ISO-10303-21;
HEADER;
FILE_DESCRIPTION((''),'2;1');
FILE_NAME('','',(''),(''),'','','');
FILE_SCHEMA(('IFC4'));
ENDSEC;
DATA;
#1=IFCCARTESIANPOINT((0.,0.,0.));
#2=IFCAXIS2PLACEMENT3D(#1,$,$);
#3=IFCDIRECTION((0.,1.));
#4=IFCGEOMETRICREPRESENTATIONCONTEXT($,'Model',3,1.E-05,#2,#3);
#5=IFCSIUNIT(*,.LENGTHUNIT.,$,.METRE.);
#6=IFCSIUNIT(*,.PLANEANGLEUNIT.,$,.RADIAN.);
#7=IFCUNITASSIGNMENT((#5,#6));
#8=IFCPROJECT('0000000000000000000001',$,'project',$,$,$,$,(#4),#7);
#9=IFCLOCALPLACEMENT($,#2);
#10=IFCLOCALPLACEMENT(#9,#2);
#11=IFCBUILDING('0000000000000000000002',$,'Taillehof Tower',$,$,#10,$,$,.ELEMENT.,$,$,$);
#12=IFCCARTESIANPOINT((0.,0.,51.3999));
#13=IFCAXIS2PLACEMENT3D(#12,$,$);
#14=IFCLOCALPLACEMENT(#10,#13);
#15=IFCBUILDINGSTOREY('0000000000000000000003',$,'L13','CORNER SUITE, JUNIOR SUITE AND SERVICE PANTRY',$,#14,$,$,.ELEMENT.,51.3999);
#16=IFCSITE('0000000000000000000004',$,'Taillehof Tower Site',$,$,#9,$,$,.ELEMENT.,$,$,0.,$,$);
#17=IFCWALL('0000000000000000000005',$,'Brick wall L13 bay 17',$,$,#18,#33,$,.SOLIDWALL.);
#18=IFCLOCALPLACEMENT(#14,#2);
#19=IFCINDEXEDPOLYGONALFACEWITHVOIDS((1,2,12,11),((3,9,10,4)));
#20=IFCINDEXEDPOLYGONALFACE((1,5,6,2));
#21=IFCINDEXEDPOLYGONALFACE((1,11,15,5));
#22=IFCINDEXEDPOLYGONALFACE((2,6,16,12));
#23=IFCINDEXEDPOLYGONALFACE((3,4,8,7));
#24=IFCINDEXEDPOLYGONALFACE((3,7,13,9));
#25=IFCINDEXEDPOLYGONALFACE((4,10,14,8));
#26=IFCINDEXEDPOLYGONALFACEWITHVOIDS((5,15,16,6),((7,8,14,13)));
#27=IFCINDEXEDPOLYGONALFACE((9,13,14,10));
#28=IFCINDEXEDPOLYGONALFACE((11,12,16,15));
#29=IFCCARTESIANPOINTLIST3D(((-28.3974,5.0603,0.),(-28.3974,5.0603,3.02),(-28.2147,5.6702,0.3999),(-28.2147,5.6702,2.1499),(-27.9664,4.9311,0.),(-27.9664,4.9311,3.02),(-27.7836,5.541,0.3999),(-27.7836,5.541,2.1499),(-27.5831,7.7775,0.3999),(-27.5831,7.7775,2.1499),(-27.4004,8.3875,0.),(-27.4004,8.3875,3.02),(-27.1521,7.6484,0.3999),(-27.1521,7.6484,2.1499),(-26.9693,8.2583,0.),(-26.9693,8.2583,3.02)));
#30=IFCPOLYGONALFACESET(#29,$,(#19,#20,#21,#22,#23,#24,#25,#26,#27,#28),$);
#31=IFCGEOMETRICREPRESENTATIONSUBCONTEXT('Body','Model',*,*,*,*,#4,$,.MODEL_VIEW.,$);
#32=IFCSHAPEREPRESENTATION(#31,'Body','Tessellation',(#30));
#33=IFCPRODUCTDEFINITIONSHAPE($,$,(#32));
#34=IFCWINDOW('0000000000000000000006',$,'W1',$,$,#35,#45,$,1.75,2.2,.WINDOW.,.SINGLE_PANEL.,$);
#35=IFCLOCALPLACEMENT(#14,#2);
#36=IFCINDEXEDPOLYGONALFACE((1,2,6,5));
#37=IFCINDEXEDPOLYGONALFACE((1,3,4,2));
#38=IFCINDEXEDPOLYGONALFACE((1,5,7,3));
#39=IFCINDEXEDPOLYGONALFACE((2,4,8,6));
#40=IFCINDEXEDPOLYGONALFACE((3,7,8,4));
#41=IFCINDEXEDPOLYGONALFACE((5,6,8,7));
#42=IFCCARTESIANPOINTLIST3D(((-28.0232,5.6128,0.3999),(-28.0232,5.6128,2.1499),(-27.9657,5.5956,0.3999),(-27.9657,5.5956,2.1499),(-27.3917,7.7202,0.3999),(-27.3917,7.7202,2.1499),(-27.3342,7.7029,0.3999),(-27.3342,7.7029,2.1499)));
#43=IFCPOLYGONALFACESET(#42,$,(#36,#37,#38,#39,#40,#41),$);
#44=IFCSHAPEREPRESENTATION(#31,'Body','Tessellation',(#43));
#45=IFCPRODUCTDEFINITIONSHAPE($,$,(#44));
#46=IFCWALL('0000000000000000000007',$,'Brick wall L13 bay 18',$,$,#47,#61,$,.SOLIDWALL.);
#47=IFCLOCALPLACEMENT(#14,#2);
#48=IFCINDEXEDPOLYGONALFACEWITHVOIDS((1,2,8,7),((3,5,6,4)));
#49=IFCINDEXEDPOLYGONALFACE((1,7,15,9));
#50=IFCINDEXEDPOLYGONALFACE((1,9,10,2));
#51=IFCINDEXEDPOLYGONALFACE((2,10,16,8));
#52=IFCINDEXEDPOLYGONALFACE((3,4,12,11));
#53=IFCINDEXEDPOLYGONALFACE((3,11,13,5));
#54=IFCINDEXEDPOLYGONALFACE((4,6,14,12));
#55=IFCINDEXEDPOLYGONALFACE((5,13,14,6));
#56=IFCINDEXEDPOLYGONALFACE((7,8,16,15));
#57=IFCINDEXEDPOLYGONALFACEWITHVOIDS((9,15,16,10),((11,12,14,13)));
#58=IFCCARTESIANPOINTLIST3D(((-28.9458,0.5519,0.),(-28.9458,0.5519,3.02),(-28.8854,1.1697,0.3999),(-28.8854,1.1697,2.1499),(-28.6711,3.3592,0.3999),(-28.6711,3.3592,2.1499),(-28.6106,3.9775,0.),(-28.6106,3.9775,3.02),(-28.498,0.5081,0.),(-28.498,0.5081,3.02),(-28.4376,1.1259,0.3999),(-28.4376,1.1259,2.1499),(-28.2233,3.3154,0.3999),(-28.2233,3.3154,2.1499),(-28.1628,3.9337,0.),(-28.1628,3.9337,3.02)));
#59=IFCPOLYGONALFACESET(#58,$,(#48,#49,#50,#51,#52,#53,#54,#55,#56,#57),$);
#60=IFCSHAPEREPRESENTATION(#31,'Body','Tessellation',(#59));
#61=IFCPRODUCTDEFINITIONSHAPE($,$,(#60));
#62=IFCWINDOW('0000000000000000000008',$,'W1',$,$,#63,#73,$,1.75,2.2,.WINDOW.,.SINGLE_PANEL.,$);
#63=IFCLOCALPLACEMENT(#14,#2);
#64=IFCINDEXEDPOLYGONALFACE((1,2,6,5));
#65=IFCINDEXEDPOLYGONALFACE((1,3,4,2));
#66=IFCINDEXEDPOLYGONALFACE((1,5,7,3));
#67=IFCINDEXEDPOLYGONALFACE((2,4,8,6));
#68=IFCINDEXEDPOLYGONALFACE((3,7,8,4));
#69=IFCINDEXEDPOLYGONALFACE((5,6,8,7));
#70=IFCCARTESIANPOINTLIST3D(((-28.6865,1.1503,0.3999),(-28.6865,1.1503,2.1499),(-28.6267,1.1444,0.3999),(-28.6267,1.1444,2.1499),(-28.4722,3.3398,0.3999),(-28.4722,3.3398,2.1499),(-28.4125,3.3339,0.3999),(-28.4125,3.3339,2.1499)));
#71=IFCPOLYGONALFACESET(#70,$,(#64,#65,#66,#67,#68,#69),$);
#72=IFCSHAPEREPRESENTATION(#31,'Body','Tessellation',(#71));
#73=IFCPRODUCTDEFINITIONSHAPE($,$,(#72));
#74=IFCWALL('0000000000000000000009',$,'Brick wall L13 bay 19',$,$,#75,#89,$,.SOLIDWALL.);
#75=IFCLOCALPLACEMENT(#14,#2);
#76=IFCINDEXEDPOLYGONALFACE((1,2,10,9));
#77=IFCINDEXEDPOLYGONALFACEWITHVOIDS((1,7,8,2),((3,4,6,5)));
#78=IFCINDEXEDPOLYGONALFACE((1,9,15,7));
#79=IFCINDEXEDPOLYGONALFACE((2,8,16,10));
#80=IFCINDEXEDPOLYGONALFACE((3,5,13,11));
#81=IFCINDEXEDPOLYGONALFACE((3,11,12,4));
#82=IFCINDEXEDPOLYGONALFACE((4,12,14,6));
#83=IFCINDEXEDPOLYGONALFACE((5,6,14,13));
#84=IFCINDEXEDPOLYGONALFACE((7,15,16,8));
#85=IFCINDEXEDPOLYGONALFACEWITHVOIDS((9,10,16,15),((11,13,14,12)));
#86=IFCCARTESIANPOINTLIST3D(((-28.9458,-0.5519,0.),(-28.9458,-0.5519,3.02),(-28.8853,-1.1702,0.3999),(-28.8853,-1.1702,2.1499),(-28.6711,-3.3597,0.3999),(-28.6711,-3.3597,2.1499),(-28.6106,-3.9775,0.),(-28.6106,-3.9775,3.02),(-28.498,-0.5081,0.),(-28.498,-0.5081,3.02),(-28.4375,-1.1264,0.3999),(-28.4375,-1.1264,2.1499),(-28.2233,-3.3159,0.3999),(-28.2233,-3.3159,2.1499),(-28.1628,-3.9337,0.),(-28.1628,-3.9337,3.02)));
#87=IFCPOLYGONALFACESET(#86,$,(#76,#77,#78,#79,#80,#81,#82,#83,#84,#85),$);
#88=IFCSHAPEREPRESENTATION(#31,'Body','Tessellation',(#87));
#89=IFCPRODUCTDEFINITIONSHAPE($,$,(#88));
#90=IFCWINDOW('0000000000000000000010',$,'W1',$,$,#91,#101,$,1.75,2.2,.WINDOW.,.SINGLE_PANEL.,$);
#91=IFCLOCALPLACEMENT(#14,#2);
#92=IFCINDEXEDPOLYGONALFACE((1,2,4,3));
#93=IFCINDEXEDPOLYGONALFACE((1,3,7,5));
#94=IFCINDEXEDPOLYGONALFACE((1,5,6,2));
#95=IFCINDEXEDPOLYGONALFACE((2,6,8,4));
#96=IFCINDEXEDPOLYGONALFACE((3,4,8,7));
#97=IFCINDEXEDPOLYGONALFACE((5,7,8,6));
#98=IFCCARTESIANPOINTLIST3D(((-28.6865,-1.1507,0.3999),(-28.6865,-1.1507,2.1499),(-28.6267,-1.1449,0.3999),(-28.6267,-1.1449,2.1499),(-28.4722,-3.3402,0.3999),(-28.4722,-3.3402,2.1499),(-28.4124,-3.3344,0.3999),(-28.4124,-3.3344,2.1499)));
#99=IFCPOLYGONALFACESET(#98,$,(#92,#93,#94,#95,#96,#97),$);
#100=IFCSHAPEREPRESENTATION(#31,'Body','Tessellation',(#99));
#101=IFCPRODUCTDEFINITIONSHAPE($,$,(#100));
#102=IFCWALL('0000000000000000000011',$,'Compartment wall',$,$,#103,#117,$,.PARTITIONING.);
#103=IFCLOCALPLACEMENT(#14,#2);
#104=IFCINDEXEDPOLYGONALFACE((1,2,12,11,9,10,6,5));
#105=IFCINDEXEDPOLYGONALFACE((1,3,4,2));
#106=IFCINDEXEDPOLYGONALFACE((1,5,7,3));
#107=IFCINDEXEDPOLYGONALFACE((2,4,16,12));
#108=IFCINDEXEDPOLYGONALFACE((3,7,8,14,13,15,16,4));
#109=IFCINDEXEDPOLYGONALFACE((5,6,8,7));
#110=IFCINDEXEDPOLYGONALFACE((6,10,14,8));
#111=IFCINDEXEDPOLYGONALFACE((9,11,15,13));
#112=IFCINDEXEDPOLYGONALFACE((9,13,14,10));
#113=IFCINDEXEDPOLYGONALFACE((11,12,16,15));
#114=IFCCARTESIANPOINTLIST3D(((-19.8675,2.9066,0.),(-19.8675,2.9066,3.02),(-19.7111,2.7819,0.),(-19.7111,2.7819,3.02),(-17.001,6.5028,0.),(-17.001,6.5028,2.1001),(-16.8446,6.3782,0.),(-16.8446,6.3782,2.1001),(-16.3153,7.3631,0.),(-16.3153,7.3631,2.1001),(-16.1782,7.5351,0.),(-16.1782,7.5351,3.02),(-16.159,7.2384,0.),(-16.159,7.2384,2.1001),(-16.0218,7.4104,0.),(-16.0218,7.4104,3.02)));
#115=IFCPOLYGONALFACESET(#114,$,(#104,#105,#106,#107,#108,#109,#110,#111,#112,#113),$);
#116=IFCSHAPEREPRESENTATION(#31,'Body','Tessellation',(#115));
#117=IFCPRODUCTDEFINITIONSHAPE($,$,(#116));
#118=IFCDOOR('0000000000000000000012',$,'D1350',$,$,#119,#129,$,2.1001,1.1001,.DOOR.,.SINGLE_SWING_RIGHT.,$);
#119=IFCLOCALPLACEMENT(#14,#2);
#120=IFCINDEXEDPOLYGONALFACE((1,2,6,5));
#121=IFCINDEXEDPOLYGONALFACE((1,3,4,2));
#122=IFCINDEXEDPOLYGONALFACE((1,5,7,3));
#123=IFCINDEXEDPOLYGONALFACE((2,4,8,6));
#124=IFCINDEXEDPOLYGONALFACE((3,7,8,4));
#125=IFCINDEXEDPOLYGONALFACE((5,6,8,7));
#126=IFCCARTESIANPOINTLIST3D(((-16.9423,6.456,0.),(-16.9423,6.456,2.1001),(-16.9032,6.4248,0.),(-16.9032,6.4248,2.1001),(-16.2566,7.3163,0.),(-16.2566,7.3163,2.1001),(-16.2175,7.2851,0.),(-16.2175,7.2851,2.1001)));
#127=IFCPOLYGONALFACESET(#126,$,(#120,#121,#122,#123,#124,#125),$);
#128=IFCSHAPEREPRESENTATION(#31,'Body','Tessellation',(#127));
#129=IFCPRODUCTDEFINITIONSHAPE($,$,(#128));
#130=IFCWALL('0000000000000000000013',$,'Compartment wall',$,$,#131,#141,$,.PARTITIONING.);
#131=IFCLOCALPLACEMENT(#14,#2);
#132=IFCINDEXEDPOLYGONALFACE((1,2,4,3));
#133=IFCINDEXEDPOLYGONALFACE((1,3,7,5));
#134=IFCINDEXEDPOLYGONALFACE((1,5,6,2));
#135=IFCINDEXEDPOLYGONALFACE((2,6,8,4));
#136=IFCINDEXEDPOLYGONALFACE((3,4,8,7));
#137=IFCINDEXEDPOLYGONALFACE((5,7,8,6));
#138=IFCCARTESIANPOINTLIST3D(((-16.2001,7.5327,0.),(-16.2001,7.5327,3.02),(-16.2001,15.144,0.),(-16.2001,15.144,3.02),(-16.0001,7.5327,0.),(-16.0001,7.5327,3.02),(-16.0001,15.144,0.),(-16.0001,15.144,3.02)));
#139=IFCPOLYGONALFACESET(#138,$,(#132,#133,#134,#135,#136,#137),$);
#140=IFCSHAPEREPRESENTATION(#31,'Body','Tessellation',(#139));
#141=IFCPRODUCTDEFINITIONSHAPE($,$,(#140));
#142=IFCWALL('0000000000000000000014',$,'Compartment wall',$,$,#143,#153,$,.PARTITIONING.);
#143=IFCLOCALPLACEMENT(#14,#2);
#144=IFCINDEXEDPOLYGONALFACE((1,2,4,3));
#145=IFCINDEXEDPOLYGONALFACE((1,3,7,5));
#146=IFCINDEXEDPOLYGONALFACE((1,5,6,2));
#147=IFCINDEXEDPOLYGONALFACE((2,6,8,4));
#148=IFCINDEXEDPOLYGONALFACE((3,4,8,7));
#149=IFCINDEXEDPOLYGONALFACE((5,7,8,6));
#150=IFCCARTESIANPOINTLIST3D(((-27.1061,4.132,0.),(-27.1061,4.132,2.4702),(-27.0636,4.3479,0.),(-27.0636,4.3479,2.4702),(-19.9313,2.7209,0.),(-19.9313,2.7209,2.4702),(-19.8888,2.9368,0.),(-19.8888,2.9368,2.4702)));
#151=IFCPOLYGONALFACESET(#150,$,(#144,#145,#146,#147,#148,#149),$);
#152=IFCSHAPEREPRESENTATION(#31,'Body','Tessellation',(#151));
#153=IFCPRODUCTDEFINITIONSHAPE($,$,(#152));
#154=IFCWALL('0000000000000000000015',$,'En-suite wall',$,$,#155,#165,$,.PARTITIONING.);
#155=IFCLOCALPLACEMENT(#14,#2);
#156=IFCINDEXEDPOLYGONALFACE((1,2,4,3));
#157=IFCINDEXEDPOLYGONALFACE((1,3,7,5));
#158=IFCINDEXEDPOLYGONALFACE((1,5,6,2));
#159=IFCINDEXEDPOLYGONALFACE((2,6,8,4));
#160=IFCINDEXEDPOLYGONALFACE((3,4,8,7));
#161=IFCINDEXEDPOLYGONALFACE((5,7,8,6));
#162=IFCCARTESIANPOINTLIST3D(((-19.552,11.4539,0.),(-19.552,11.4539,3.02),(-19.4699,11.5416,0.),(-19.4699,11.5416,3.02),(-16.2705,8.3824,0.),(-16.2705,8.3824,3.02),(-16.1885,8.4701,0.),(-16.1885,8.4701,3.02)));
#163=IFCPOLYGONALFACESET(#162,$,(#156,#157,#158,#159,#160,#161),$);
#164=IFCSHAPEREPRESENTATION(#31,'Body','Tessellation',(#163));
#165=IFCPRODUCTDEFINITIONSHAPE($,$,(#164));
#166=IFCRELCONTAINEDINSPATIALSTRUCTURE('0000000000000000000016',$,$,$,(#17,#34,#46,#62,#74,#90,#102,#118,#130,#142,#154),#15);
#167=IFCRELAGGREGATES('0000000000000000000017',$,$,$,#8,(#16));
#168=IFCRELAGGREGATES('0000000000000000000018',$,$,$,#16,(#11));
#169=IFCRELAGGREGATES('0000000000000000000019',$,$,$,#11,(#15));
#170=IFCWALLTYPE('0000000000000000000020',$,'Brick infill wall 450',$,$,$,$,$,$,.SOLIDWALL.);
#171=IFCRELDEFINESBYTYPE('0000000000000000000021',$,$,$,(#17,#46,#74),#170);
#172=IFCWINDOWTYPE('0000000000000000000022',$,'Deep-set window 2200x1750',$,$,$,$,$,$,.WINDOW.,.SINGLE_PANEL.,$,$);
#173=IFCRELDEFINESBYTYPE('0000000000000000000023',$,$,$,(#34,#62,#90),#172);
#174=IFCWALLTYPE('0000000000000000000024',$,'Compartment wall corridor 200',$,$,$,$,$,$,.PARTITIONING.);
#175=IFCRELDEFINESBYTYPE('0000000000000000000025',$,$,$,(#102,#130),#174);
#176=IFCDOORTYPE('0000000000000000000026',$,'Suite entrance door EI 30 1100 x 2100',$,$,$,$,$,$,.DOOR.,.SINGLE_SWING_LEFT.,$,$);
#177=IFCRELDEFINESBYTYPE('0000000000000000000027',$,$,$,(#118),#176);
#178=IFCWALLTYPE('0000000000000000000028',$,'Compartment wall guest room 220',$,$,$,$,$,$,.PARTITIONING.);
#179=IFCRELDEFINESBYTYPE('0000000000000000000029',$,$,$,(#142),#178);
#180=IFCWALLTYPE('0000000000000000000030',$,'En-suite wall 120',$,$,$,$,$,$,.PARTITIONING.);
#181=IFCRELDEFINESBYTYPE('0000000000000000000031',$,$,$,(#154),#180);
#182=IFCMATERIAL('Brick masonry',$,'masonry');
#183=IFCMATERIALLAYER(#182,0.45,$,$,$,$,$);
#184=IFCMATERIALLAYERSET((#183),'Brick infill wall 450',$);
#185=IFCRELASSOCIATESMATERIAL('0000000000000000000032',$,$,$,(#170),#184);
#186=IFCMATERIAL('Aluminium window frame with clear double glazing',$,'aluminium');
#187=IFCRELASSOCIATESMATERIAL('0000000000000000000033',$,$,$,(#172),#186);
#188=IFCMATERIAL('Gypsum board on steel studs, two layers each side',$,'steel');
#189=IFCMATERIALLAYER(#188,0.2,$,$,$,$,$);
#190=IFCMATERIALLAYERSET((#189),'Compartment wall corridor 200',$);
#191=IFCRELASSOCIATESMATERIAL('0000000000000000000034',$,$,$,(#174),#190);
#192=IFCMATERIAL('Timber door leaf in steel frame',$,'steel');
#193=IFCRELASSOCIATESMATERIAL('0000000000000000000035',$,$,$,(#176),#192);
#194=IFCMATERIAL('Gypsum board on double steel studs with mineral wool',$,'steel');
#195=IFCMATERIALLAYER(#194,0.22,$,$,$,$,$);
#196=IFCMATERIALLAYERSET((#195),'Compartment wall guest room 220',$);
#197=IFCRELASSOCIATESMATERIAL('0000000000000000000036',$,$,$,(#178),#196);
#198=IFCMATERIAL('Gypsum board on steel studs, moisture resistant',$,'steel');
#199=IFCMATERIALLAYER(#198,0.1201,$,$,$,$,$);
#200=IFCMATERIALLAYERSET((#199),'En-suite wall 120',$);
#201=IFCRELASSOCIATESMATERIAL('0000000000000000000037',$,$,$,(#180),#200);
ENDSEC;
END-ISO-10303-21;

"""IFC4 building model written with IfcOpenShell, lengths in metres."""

from ifc_helpers import new_model, si_unit, direction, frame, frame_2d, origin, place, context, subcontext, project, spatial, rectangle, extrude, material, layer, layer_set, type_object, element, fill, save


model = new_model("IFC4")

# Units and contexts
model_context = context("Model", 3, precision=1e-05, world=origin(), true_north=direction((0.0, 1.0)))
body_context = subcontext(model_context, "Body", "Model", "MODEL_VIEW")
ifc_project = project(units=[si_unit("LENGTHUNIT", "METRE"), si_unit("PLANEANGLEUNIT", "RADIAN")], contexts=[model_context])

# Site, building, storey
site_placement = place(None, origin())
site = spatial("IfcSite", under=ifc_project, at=site_placement, Name="Taillehof Tower Site", CompositionType="ELEMENT", RefElevation=0.0)
building_placement = place(site_placement, origin())
building = spatial("IfcBuilding", under=site, at=building_placement, Name="Taillehof Tower", CompositionType="ELEMENT")
storey_placement = place(building_placement, frame((0.0, 0.0, 51.3999)))
storey = spatial("IfcBuildingStorey", under=building, at=storey_placement, Name="L13", Description="CORNER SUITE, JUNIOR SUITE AND SERVICE PANTRY", CompositionType="ELEMENT", Elevation=51.3999)

# Walls, openings, windows
ifc_material_1 = material(Name="Brick masonry", Category="masonry")
ifc_layer_1 = layer(ifc_material_1, 0.45)
ifc_layer_set_1 = layer_set([ifc_layer_1], Name="Brick infill wall 450")
wall_type_1 = type_object("IfcWallType", Name="Brick infill wall 450", PredefinedType="SOLIDWALL", material=ifc_layer_set_1)
wall_1_placement = place(storey_placement, frame((-27.1848, 8.323, 0.0), z_axis=(0.0, 0.0, 1.0), x_axis=(-0.287064, -0.957911, 0.0)))
wall_1 = element("IfcWall", 1, at=wall_1_placement, inside=storey, type_object=wall_type_1, Name="Brick wall L13 bay 17", PredefinedType="SOLIDWALL", context=body_context, shape_type="SweptSolid", body=[
    extrude(rectangle(XDim=3.4734, YDim=0.45, at=frame_2d((1.7368, 0.0))), origin(), (0.0, 0.0, 1.0), 3.02),
])
opening_1_placement = place(wall_1_placement, frame((0.6367, 0.0, 0.3999)))
opening_1 = element("IfcOpeningElement", 2, at=opening_1_placement, cuts=wall_1, PredefinedType="OPENING", context=body_context, shape_type="SweptSolid", body=[
    extrude(rectangle(XDim=2.2, YDim=1.75, at=frame_2d((1.1001, 0.875))), frame((0.0, 0.2349, 0.0), z_axis=(0.0, -1.0, 0.0), x_axis=(1.0, 0.0, 0.0)), (0.0, 0.0, 1.0), 0.47),
])
ifc_material_2 = material(Name="Aluminium window frame with clear double glazing", Category="aluminium")
window_type = type_object("IfcWindowType", Name="Deep-set window 2200x1750", PartitioningType="SINGLE_PANEL", PredefinedType="WINDOW", material=ifc_material_2)
window_1_placement = place(opening_1_placement, origin())
window_1 = element("IfcWindow", 3, at=window_1_placement, inside=storey, type_object=window_type, Name="W1", OverallHeight=1.75, OverallWidth=2.2, PartitioningType="SINGLE_PANEL", PredefinedType="WINDOW", context=body_context, shape_type="SweptSolid", body=[
    extrude(rectangle(XDim=2.2, YDim=1.75, at=frame_2d((1.1001, 0.875))), frame((0.0, 0.0349, 0.0), z_axis=(0.0, -1.0, 0.0), x_axis=(1.0, 0.0, 0.0)), (0.0, 0.0, 1.0), 0.0601),
])
fill(opening_1, window_1)
wall_2_placement = place(storey_placement, frame((-28.3867, 3.9556, 0.0), z_axis=(0.0, 0.0, 1.0), x_axis=(-0.09739, -0.995246, 0.0)))
wall_2 = element("IfcWall", 4, at=wall_2_placement, inside=storey, type_object=wall_type_1, Name="Brick wall L13 bay 18", PredefinedType="SOLIDWALL", context=body_context, shape_type="SweptSolid", body=[
    extrude(rectangle(XDim=3.4419, YDim=0.45, at=frame_2d((1.7209, 0.0))), origin(), (0.0, 0.0, 1.0), 3.02),
])
opening_2_placement = place(wall_2_placement, frame((0.6211, 0.0, 0.3999)))
opening_2 = element("IfcOpeningElement", 5, at=opening_2_placement, cuts=wall_2, PredefinedType="OPENING", context=body_context, shape_type="SweptSolid", body=[
    extrude(rectangle(XDim=2.2, YDim=1.75, at=frame_2d((1.1001, 0.875))), frame((0.0, 0.2349, 0.0), z_axis=(0.0, -1.0, 0.0), x_axis=(1.0, 0.0, 0.0)), (0.0, 0.0, 1.0), 0.47),
])
window_2_placement = place(opening_2_placement, origin())
window_2 = element("IfcWindow", 6, at=window_2_placement, inside=storey, type_object=window_type, Name="W1", OverallHeight=1.75, OverallWidth=2.2, PartitioningType="SINGLE_PANEL", PredefinedType="WINDOW", context=body_context, shape_type="SweptSolid", body=[
    extrude(rectangle(XDim=2.2, YDim=1.75, at=frame_2d((1.1001, 0.875))), frame((0.0, 0.0349, 0.0), z_axis=(0.0, -1.0, 0.0), x_axis=(1.0, 0.0, 0.0)), (0.0, 0.0, 1.0), 0.0601),
])
fill(opening_2, window_2)
wall_3_placement = place(storey_placement, frame((-28.7219, -0.53, 0.0), z_axis=(0.0, 0.0, 1.0), x_axis=(0.09739, -0.995246, 0.0)))
wall_3 = element("IfcWall", 7, at=wall_3_placement, inside=storey, type_object=wall_type_1, Name="Brick wall L13 bay 19", PredefinedType="SOLIDWALL", context=body_context, shape_type="SweptSolid", body=[
    extrude(rectangle(XDim=3.4419, YDim=0.45, at=frame_2d((1.7209, 0.0))), origin(), (0.0, 0.0, 1.0), 3.02),
])
opening_3_placement = place(wall_3_placement, frame((0.6211, 0.0, 0.3999)))
opening_3 = element("IfcOpeningElement", 8, at=opening_3_placement, cuts=wall_3, PredefinedType="OPENING", context=body_context, shape_type="SweptSolid", body=[
    extrude(rectangle(XDim=2.2, YDim=1.75, at=frame_2d((1.1001, 0.875))), frame((0.0, 0.2349, 0.0), z_axis=(0.0, -1.0, 0.0), x_axis=(1.0, 0.0, 0.0)), (0.0, 0.0, 1.0), 0.47),
])
window_3_placement = place(opening_3_placement, origin())
window_3 = element("IfcWindow", 9, at=window_3_placement, inside=storey, type_object=window_type, Name="W1", OverallHeight=1.75, OverallWidth=2.2, PartitioningType="SINGLE_PANEL", PredefinedType="WINDOW", context=body_context, shape_type="SweptSolid", body=[
    extrude(rectangle(XDim=2.2, YDim=1.75, at=frame_2d((1.1001, 0.875))), frame((0.0, 0.0349, 0.0), z_axis=(0.0, -1.0, 0.0), x_axis=(1.0, 0.0, 0.0)), (0.0, 0.0, 1.0), 0.0601),
])
fill(opening_3, window_3)

# Wall, opening, door
ifc_material_3 = material(Name="Gypsum board on steel studs, two layers each side", Category="steel")
ifc_layer_2 = layer(ifc_material_3, 0.2)
ifc_layer_set_2 = layer_set([ifc_layer_2], Name="Compartment wall corridor 200")
wall_type_2 = type_object("IfcWallType", Name="Compartment wall corridor 200", PredefinedType="PARTITIONING", material=ifc_layer_set_2)
wall_4_placement = place(storey_placement, frame((-19.7893, 2.8442, 0.0), z_axis=(0.0, 0.0, 1.0), x_axis=(0.623301, 0.781982, 0.0)))
wall_4 = element("IfcWall", 10, at=wall_4_placement, inside=storey, type_object=wall_type_2, Name="Compartment wall", PredefinedType="PARTITIONING", context=body_context, shape_type="SweptSolid", body=[
    extrude(rectangle(XDim=5.9189, YDim=0.2, at=frame_2d((2.9595, 0.0))), origin(), (0.0, 0.0, 1.0), 3.02),
])
opening_4_placement = place(wall_4_placement, frame((4.5989, 0.0, 0.0)))
opening_4 = element("IfcOpeningElement", 11, at=opening_4_placement, cuts=wall_4, PredefinedType="OPENING", context=body_context, shape_type="SweptSolid", body=[
    extrude(rectangle(XDim=1.1001, YDim=2.1001, at=frame_2d((0.55, 1.05))), frame((0.0, 0.1099, 0.0), z_axis=(0.0, -1.0, 0.0), x_axis=(1.0, 0.0, 0.0)), (0.0, 0.0, 1.0), 0.22),
])
ifc_material_4 = material(Name="Timber door leaf in steel frame", Category="steel")
door_type = type_object("IfcDoorType", Name="Suite entrance door EI 30 1100 x 2100", OperationType="SINGLE_SWING_LEFT", PredefinedType="DOOR", material=ifc_material_4)
door_placement = place(opening_4_placement, origin())
door = element("IfcDoor", 12, at=door_placement, inside=storey, type_object=door_type, Name="D1350", OperationType="SINGLE_SWING_RIGHT", OverallHeight=2.1001, OverallWidth=1.1001, PredefinedType="DOOR", context=body_context, shape_type="SweptSolid", body=[
    extrude(rectangle(XDim=1.1001, YDim=2.1001, at=frame_2d((0.55, 1.05))), frame((0.0, 0.0249, 0.0), z_axis=(0.0, -1.0, 0.0), x_axis=(1.0, 0.0, 0.0)), (0.0, 0.0, 1.0), 0.05),
])
fill(opening_4, door)

# Walls
wall_5_placement = place(storey_placement, frame((-16.1001, 7.5327, 0.0), z_axis=(0.0, 0.0, 1.0), x_axis=(0.0, 1.0, 0.0)))
element("IfcWall", 13, at=wall_5_placement, inside=storey, type_object=wall_type_2, Name="Compartment wall", PredefinedType="PARTITIONING", context=body_context, shape_type="SweptSolid", body=[
    extrude(rectangle(XDim=7.6113, YDim=0.2, at=frame_2d((3.8057, 0.0))), origin(), (0.0, 0.0, 1.0), 3.02),
])
ifc_material_5 = material(Name="Gypsum board on double steel studs with mineral wool", Category="steel")
ifc_layer_3 = layer(ifc_material_5, 0.22)
ifc_layer_set_3 = layer_set([ifc_layer_3], Name="Compartment wall guest room 220")
wall_type_3 = type_object("IfcWallType", Name="Compartment wall guest room 220", PredefinedType="PARTITIONING", material=ifc_layer_set_3)
wall_6_placement = place(storey_placement, frame((-27.085, 4.24, 0.0), z_axis=(0.0, 0.0, 1.0), x_axis=(0.981202, -0.192982, 0.0)))
element("IfcWall", 14, at=wall_6_placement, inside=storey, type_object=wall_type_3, Name="Compartment wall", PredefinedType="PARTITIONING", context=body_context, shape_type="SweptSolid", body=[
    extrude(rectangle(XDim=7.3123, YDim=0.22, at=frame_2d((3.6562, 0.0))), origin(), (0.0, 0.0, 1.0), 2.4702),
])
ifc_material_6 = material(Name="Gypsum board on steel studs, moisture resistant", Category="steel")
ifc_layer_4 = layer(ifc_material_6, 0.1201)
ifc_layer_set_4 = layer_set([ifc_layer_4], Name="En-suite wall 120")
wall_type_4 = type_object("IfcWallType", Name="En-suite wall 120", PredefinedType="PARTITIONING", material=ifc_layer_set_4)
wall_7_placement = place(storey_placement, frame((-16.2295, 8.4263, 0.0), z_axis=(0.0, 0.0, 1.0), x_axis=(-0.730077, 0.683365, 0.0)))
element("IfcWall", 15, at=wall_7_placement, inside=storey, type_object=wall_type_4, Name="En-suite wall", PredefinedType="PARTITIONING", context=body_context, shape_type="SweptSolid", body=[
    extrude(rectangle(XDim=4.4946, YDim=0.1201, at=frame_2d((2.2473, 0.0))), origin(), (0.0, 0.0, 1.0), 3.02),
])

save(model, "model.ifc")
